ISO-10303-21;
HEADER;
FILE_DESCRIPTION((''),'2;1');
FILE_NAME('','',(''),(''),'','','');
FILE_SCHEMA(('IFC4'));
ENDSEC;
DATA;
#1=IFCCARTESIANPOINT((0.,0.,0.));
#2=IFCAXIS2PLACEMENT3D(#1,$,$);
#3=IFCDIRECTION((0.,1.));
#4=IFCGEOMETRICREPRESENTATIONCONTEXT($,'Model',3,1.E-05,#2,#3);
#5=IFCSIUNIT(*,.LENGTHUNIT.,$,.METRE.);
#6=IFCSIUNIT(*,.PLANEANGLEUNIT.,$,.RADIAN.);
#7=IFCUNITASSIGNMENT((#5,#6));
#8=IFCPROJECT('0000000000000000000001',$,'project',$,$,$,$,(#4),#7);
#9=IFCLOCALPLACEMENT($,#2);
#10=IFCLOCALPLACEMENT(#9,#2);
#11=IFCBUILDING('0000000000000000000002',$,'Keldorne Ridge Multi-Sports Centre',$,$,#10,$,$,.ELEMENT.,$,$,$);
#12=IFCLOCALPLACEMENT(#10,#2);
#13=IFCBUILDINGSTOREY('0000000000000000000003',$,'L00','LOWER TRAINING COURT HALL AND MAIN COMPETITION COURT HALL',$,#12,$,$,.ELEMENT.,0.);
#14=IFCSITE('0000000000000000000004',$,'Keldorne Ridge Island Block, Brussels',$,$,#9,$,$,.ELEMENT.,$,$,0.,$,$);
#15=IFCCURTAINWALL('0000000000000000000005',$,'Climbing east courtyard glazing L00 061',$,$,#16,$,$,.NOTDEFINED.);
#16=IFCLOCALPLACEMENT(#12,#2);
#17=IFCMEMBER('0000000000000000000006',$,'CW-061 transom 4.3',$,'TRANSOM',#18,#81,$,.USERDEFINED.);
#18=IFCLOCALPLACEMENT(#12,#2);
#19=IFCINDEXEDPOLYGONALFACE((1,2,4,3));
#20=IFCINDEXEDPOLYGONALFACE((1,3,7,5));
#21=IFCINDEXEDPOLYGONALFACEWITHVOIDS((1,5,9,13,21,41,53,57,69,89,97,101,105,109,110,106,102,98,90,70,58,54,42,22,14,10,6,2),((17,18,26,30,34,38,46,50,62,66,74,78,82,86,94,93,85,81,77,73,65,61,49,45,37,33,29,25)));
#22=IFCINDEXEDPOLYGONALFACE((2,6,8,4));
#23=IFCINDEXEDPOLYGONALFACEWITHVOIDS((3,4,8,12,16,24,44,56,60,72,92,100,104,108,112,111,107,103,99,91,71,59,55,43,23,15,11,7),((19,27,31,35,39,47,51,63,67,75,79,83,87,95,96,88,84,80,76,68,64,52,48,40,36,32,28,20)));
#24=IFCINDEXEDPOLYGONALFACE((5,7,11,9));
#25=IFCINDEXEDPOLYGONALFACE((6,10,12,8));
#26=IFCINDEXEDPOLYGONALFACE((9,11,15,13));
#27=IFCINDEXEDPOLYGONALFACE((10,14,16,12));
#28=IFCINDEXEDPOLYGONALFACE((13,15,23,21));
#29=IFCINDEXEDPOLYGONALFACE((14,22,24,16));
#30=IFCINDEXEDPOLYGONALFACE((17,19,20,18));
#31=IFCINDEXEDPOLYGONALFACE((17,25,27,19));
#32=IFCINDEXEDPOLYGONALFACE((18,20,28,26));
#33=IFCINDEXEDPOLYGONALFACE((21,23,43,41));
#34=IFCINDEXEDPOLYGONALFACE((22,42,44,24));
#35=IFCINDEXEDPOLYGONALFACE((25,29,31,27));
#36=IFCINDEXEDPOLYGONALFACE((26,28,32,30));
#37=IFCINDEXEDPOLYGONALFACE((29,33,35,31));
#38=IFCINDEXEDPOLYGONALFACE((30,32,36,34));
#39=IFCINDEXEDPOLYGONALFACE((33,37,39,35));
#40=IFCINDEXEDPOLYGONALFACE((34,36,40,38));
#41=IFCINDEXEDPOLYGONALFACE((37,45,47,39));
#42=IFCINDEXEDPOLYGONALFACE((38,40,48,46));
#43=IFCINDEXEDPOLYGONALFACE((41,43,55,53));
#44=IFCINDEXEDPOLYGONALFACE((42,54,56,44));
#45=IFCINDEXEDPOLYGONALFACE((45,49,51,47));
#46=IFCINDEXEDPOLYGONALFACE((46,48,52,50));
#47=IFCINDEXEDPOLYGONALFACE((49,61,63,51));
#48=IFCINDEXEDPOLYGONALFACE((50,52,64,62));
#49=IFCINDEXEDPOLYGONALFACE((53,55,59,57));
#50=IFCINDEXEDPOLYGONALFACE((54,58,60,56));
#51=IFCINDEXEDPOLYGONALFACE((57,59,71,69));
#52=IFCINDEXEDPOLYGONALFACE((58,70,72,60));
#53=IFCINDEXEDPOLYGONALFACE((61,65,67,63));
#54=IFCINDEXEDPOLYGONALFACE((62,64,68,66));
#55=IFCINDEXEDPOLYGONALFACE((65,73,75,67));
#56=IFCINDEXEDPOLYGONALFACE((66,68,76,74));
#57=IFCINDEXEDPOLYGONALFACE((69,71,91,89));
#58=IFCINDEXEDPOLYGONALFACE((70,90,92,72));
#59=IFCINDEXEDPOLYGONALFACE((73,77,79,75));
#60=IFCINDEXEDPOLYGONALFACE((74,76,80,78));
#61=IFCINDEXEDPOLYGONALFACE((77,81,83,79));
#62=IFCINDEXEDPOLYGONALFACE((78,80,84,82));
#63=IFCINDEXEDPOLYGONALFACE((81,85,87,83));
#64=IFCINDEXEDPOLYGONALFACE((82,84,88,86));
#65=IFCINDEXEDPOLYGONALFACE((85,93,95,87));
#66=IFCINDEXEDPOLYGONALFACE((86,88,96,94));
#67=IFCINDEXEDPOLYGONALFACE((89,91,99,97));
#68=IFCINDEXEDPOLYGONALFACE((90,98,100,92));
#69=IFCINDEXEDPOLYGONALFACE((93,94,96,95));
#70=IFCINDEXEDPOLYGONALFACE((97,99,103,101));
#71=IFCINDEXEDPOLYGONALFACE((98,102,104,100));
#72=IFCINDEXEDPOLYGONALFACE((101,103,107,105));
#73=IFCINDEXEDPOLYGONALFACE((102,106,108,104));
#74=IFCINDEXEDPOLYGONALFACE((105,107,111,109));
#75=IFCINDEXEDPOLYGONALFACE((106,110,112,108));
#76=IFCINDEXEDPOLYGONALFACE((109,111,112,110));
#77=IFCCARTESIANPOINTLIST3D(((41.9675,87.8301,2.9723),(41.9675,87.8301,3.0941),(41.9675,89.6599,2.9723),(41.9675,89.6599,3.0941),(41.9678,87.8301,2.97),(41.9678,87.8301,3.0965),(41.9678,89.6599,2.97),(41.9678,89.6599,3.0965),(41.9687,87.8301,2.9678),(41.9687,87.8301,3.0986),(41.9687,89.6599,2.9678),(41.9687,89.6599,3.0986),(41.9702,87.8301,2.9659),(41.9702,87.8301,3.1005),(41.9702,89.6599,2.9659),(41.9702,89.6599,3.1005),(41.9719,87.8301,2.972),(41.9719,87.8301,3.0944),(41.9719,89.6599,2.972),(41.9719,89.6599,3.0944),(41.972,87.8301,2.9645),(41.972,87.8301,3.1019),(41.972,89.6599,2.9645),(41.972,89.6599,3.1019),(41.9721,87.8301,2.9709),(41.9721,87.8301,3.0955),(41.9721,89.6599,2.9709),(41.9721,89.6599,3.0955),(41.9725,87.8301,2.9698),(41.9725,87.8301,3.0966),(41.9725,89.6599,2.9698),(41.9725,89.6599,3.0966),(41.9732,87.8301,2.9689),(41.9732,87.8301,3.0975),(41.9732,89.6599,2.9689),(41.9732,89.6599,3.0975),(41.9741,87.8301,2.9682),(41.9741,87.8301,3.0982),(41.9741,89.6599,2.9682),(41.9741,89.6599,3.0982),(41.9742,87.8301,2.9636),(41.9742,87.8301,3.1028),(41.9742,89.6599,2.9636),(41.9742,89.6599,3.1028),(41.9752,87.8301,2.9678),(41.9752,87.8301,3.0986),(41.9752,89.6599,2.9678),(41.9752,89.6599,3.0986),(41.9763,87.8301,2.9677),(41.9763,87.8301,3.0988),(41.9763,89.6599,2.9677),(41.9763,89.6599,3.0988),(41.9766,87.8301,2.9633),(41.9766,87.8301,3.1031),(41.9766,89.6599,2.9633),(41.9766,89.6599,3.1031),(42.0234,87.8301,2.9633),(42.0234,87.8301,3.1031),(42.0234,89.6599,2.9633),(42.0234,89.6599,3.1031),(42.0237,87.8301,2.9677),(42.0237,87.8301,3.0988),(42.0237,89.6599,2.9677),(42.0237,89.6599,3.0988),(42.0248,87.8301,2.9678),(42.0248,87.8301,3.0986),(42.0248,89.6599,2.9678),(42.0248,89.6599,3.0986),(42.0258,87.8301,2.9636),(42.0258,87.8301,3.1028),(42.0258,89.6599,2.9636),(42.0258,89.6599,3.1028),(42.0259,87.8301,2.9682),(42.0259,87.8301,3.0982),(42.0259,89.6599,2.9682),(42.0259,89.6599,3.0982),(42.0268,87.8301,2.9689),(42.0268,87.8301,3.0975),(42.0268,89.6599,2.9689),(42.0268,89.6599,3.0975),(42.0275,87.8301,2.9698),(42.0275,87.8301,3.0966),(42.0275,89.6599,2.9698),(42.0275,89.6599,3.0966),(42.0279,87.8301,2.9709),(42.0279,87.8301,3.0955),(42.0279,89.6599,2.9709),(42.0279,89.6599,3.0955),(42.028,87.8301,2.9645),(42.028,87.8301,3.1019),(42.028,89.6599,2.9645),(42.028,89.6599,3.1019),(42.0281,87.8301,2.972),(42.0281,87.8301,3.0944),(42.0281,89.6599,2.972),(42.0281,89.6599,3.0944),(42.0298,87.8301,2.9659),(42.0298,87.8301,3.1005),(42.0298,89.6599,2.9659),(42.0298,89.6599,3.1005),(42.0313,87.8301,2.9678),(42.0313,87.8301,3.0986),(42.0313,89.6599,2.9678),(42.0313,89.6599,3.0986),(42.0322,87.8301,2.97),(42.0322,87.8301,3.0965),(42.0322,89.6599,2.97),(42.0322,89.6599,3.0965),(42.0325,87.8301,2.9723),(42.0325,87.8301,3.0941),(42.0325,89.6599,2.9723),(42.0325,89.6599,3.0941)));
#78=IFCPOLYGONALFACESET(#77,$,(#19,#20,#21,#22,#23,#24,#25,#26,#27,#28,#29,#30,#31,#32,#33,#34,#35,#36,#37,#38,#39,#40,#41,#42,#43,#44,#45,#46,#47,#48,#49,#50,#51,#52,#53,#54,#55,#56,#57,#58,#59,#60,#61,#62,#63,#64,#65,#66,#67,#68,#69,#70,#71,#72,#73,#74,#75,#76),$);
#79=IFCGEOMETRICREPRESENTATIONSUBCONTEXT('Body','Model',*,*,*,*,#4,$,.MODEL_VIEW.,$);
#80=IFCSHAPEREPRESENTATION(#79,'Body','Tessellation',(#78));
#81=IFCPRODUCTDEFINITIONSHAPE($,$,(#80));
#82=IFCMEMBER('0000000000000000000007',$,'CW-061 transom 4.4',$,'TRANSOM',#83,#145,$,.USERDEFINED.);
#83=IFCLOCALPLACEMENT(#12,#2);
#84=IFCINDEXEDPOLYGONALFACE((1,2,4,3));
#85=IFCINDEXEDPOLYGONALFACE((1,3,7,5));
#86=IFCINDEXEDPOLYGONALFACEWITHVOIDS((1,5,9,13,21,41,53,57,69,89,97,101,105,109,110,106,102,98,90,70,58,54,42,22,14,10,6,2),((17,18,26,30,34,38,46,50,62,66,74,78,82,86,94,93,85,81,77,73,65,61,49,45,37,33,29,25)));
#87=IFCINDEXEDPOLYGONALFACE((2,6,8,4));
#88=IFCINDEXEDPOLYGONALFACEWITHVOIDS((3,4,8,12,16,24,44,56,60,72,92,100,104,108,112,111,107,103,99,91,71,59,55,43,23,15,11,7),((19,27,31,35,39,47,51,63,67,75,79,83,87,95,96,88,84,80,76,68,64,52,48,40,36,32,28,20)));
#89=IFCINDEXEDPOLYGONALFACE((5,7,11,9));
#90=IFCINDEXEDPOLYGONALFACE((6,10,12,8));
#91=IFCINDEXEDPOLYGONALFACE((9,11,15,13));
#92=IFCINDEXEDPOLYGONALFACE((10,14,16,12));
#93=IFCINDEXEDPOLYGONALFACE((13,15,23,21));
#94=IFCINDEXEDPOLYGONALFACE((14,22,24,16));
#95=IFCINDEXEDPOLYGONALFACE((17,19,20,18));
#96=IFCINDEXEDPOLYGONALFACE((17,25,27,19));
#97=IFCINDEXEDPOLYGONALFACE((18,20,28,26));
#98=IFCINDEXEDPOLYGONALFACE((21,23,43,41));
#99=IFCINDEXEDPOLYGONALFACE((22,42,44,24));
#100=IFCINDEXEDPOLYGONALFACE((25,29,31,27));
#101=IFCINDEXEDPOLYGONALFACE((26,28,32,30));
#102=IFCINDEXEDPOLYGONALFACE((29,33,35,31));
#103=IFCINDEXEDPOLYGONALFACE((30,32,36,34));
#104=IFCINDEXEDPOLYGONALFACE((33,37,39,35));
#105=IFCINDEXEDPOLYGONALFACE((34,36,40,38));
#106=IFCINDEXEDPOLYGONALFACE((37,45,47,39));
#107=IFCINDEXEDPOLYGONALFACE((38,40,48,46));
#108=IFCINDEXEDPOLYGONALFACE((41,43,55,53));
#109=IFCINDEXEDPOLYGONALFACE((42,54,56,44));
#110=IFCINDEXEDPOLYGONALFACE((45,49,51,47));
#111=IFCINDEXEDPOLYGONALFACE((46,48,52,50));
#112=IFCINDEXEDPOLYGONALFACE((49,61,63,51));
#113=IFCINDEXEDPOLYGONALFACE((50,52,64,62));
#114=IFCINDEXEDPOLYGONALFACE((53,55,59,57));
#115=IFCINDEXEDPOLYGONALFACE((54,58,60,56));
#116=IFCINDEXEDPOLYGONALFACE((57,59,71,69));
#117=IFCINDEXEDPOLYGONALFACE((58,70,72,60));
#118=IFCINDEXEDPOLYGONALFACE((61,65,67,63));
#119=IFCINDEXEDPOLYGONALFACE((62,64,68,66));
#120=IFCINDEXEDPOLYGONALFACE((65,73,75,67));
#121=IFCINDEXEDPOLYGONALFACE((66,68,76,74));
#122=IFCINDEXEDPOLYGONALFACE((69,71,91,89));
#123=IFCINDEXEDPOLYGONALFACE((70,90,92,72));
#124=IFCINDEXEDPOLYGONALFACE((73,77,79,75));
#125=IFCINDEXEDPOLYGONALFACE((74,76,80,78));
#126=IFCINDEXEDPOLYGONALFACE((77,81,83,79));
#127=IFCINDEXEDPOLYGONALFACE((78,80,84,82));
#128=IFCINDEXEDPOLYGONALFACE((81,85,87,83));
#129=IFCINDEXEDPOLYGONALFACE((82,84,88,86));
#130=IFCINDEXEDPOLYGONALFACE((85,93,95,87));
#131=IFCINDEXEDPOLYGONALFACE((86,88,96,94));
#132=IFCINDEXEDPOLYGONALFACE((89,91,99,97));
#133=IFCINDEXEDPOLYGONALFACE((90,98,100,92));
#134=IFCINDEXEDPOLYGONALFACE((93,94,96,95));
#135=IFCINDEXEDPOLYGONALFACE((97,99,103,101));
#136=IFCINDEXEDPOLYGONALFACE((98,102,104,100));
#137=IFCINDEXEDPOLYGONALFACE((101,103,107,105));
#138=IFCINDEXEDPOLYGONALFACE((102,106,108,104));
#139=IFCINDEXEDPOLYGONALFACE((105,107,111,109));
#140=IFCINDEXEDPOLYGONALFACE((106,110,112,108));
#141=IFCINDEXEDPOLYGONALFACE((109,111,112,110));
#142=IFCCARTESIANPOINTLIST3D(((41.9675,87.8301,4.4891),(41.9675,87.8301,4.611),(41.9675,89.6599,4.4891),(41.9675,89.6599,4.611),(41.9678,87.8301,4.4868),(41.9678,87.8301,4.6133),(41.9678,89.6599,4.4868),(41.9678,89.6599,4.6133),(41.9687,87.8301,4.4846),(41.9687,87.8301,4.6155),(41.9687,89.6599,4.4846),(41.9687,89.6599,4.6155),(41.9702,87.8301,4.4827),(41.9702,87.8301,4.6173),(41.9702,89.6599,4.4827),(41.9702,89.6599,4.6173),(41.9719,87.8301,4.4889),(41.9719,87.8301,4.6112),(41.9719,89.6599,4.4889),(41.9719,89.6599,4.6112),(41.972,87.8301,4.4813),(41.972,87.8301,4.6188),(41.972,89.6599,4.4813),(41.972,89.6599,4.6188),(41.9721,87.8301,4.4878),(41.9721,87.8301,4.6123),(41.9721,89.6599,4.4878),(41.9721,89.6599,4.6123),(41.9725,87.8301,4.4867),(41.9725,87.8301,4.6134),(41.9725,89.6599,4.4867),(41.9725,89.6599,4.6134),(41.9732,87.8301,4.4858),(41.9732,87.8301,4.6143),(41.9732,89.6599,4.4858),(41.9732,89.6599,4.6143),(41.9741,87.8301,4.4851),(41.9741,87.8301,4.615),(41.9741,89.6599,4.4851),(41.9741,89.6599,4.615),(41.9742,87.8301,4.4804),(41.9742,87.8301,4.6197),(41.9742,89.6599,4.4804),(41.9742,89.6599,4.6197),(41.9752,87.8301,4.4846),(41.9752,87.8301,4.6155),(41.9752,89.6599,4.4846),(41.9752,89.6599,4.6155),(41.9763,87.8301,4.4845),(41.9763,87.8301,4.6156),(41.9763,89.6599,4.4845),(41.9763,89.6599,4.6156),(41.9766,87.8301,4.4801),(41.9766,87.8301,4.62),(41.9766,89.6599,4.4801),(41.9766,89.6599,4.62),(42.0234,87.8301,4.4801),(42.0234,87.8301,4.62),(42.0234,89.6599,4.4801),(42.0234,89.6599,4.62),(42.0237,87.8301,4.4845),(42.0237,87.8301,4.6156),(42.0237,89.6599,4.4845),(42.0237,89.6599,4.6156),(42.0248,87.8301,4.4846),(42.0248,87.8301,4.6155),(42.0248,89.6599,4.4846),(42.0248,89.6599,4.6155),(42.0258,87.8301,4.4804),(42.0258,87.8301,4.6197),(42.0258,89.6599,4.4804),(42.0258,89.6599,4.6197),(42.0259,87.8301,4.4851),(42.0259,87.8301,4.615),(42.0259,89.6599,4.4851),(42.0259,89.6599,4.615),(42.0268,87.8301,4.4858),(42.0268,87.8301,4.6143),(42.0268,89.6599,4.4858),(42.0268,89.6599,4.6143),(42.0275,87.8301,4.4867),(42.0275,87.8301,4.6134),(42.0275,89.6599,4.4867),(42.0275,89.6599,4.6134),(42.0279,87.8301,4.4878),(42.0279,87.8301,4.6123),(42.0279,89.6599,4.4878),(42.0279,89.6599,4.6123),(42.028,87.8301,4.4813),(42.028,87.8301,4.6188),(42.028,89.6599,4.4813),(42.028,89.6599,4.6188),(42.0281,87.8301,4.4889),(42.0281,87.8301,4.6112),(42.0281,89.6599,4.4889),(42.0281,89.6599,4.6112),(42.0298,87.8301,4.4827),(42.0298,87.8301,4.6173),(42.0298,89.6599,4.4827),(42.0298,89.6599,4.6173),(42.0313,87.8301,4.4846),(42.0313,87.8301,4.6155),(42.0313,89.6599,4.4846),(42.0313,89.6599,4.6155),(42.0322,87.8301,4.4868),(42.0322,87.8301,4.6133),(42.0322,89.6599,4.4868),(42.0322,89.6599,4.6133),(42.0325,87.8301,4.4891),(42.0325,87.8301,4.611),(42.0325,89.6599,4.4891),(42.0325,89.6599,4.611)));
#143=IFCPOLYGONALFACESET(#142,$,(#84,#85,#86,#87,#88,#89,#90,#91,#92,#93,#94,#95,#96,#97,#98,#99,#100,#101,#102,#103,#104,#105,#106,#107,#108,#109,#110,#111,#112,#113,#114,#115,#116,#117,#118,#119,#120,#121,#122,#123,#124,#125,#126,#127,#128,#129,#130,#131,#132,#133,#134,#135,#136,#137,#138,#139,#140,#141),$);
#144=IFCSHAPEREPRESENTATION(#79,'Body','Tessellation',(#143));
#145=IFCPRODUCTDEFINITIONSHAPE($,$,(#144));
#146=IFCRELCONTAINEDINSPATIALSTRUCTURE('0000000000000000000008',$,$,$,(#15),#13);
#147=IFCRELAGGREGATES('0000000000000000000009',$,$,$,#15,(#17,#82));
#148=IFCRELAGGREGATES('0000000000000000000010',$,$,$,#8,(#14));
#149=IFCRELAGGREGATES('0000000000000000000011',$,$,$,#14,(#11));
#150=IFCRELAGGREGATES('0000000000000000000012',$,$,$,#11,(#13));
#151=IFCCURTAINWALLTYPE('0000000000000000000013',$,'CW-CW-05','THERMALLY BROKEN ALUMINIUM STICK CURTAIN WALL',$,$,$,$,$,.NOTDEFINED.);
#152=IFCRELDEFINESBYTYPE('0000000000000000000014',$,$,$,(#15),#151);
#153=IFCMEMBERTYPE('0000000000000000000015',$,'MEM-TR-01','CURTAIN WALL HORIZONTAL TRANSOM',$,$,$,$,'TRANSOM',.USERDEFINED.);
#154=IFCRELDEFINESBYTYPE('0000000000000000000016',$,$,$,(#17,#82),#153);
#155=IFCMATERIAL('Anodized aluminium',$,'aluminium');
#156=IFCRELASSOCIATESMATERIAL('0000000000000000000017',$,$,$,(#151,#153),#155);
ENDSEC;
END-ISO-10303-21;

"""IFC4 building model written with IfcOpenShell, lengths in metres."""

from ifc_helpers import new_model, si_unit, direction, frame, origin, origin_2d, place, context, subcontext, project, spatial, hollow_rectangle, extrude, material, material_profile, profile_set, type_object, element, aggregate, save


model = new_model("IFC4")

# Units and contexts
model_context = context("Model", 3, precision=1e-05, world=origin(), true_north=direction((0.0, 1.0)))
body_context = subcontext(model_context, "Body", "Model", "MODEL_VIEW")
ifc_project = project(units=[si_unit("LENGTHUNIT", "METRE"), si_unit("PLANEANGLEUNIT", "RADIAN")], contexts=[model_context])

# Site, building, storey
site_placement = place(None, origin())
site = spatial("IfcSite", under=ifc_project, at=site_placement, Name="Keldorne Ridge Island Block, Brussels", CompositionType="ELEMENT", RefElevation=0.0)
building_placement = place(site_placement, origin())
building = spatial("IfcBuilding", under=site, at=building_placement, Name="Keldorne Ridge Multi-Sports Centre", CompositionType="ELEMENT")
storey_placement = place(building_placement, origin())
storey = spatial("IfcBuildingStorey", under=building, at=storey_placement, Name="L00", Description="LOWER TRAINING COURT HALL AND MAIN COMPETITION COURT HALL", CompositionType="ELEMENT", Elevation=0.0)

# Curtain wall, members
ifc_material_1 = material(Name="Anodized aluminium", Category="aluminium")
curtain_wall_type_1 = type_object("IfcCurtainWallType", Name="CW-CW-05", Description="THERMALLY BROKEN ALUMINIUM STICK CURTAIN WALL", PredefinedType="NOTDEFINED", material=ifc_material_1)
curtain_wall_1_placement = place(storey_placement, origin())
curtain_wall_1 = element("IfcCurtainWall", 1, at=curtain_wall_1_placement, inside=storey, type_object=curtain_wall_type_1, Name="Climbing east courtyard glazing L00 061", PredefinedType="NOTDEFINED")
ifc_material_profile_1 = material_profile(ifc_material_1, hollow_rectangle(XDim=0.0649, YDim=0.1399, WallThickness=0.0044, InnerFilletRadius=0.0044, OuterFilletRadius=0.009, at=origin_2d()), Name="ALU TRANSOM 140x65x4.5")
ifc_profile_set_1 = profile_set([ifc_material_profile_1], Name="Anodized aluminium")
member_type_1 = type_object("IfcMemberType", Name="MEM-TR-01", Description="CURTAIN WALL HORIZONTAL TRANSOM", ElementType="TRANSOM", PredefinedType="USERDEFINED", material=ifc_profile_set_1)
member_1_placement = place(storey_placement, frame((42.0, 87.8301, 3.0332), z_axis=(0.0, 1.0, 0.0), x_axis=(-1.0, 0.0, 0.0)))
member_1 = element("IfcMember", 2, at=member_1_placement, type_object=member_type_1, Name="CW-061 transom 4.3", ObjectType="TRANSOM", PredefinedType="USERDEFINED", context=body_context, shape_type="SweptSolid", body=[
    extrude(hollow_rectangle(XDim=0.0649, YDim=0.1399, WallThickness=0.0044, InnerFilletRadius=0.0044, OuterFilletRadius=0.009, at=origin_2d()), origin(), (0.0, 0.0, 1.0), 1.8298),
])
member_2_placement = place(storey_placement, frame((42.0, 87.8301, 4.55), z_axis=(0.0, 1.0, 0.0), x_axis=(-1.0, 0.0, 0.0)))
member_2 = element("IfcMember", 3, at=member_2_placement, type_object=member_type_1, Name="CW-061 transom 4.4", ObjectType="TRANSOM", PredefinedType="USERDEFINED", context=body_context, shape_type="SweptSolid", body=[
    extrude(hollow_rectangle(XDim=0.0649, YDim=0.1399, WallThickness=0.0044, InnerFilletRadius=0.0044, OuterFilletRadius=0.009, at=origin_2d()), origin(), (0.0, 0.0, 1.0), 1.8298),
])

aggregate(curtain_wall_1, [member_1, member_2])

save(model, "model.ifc")
